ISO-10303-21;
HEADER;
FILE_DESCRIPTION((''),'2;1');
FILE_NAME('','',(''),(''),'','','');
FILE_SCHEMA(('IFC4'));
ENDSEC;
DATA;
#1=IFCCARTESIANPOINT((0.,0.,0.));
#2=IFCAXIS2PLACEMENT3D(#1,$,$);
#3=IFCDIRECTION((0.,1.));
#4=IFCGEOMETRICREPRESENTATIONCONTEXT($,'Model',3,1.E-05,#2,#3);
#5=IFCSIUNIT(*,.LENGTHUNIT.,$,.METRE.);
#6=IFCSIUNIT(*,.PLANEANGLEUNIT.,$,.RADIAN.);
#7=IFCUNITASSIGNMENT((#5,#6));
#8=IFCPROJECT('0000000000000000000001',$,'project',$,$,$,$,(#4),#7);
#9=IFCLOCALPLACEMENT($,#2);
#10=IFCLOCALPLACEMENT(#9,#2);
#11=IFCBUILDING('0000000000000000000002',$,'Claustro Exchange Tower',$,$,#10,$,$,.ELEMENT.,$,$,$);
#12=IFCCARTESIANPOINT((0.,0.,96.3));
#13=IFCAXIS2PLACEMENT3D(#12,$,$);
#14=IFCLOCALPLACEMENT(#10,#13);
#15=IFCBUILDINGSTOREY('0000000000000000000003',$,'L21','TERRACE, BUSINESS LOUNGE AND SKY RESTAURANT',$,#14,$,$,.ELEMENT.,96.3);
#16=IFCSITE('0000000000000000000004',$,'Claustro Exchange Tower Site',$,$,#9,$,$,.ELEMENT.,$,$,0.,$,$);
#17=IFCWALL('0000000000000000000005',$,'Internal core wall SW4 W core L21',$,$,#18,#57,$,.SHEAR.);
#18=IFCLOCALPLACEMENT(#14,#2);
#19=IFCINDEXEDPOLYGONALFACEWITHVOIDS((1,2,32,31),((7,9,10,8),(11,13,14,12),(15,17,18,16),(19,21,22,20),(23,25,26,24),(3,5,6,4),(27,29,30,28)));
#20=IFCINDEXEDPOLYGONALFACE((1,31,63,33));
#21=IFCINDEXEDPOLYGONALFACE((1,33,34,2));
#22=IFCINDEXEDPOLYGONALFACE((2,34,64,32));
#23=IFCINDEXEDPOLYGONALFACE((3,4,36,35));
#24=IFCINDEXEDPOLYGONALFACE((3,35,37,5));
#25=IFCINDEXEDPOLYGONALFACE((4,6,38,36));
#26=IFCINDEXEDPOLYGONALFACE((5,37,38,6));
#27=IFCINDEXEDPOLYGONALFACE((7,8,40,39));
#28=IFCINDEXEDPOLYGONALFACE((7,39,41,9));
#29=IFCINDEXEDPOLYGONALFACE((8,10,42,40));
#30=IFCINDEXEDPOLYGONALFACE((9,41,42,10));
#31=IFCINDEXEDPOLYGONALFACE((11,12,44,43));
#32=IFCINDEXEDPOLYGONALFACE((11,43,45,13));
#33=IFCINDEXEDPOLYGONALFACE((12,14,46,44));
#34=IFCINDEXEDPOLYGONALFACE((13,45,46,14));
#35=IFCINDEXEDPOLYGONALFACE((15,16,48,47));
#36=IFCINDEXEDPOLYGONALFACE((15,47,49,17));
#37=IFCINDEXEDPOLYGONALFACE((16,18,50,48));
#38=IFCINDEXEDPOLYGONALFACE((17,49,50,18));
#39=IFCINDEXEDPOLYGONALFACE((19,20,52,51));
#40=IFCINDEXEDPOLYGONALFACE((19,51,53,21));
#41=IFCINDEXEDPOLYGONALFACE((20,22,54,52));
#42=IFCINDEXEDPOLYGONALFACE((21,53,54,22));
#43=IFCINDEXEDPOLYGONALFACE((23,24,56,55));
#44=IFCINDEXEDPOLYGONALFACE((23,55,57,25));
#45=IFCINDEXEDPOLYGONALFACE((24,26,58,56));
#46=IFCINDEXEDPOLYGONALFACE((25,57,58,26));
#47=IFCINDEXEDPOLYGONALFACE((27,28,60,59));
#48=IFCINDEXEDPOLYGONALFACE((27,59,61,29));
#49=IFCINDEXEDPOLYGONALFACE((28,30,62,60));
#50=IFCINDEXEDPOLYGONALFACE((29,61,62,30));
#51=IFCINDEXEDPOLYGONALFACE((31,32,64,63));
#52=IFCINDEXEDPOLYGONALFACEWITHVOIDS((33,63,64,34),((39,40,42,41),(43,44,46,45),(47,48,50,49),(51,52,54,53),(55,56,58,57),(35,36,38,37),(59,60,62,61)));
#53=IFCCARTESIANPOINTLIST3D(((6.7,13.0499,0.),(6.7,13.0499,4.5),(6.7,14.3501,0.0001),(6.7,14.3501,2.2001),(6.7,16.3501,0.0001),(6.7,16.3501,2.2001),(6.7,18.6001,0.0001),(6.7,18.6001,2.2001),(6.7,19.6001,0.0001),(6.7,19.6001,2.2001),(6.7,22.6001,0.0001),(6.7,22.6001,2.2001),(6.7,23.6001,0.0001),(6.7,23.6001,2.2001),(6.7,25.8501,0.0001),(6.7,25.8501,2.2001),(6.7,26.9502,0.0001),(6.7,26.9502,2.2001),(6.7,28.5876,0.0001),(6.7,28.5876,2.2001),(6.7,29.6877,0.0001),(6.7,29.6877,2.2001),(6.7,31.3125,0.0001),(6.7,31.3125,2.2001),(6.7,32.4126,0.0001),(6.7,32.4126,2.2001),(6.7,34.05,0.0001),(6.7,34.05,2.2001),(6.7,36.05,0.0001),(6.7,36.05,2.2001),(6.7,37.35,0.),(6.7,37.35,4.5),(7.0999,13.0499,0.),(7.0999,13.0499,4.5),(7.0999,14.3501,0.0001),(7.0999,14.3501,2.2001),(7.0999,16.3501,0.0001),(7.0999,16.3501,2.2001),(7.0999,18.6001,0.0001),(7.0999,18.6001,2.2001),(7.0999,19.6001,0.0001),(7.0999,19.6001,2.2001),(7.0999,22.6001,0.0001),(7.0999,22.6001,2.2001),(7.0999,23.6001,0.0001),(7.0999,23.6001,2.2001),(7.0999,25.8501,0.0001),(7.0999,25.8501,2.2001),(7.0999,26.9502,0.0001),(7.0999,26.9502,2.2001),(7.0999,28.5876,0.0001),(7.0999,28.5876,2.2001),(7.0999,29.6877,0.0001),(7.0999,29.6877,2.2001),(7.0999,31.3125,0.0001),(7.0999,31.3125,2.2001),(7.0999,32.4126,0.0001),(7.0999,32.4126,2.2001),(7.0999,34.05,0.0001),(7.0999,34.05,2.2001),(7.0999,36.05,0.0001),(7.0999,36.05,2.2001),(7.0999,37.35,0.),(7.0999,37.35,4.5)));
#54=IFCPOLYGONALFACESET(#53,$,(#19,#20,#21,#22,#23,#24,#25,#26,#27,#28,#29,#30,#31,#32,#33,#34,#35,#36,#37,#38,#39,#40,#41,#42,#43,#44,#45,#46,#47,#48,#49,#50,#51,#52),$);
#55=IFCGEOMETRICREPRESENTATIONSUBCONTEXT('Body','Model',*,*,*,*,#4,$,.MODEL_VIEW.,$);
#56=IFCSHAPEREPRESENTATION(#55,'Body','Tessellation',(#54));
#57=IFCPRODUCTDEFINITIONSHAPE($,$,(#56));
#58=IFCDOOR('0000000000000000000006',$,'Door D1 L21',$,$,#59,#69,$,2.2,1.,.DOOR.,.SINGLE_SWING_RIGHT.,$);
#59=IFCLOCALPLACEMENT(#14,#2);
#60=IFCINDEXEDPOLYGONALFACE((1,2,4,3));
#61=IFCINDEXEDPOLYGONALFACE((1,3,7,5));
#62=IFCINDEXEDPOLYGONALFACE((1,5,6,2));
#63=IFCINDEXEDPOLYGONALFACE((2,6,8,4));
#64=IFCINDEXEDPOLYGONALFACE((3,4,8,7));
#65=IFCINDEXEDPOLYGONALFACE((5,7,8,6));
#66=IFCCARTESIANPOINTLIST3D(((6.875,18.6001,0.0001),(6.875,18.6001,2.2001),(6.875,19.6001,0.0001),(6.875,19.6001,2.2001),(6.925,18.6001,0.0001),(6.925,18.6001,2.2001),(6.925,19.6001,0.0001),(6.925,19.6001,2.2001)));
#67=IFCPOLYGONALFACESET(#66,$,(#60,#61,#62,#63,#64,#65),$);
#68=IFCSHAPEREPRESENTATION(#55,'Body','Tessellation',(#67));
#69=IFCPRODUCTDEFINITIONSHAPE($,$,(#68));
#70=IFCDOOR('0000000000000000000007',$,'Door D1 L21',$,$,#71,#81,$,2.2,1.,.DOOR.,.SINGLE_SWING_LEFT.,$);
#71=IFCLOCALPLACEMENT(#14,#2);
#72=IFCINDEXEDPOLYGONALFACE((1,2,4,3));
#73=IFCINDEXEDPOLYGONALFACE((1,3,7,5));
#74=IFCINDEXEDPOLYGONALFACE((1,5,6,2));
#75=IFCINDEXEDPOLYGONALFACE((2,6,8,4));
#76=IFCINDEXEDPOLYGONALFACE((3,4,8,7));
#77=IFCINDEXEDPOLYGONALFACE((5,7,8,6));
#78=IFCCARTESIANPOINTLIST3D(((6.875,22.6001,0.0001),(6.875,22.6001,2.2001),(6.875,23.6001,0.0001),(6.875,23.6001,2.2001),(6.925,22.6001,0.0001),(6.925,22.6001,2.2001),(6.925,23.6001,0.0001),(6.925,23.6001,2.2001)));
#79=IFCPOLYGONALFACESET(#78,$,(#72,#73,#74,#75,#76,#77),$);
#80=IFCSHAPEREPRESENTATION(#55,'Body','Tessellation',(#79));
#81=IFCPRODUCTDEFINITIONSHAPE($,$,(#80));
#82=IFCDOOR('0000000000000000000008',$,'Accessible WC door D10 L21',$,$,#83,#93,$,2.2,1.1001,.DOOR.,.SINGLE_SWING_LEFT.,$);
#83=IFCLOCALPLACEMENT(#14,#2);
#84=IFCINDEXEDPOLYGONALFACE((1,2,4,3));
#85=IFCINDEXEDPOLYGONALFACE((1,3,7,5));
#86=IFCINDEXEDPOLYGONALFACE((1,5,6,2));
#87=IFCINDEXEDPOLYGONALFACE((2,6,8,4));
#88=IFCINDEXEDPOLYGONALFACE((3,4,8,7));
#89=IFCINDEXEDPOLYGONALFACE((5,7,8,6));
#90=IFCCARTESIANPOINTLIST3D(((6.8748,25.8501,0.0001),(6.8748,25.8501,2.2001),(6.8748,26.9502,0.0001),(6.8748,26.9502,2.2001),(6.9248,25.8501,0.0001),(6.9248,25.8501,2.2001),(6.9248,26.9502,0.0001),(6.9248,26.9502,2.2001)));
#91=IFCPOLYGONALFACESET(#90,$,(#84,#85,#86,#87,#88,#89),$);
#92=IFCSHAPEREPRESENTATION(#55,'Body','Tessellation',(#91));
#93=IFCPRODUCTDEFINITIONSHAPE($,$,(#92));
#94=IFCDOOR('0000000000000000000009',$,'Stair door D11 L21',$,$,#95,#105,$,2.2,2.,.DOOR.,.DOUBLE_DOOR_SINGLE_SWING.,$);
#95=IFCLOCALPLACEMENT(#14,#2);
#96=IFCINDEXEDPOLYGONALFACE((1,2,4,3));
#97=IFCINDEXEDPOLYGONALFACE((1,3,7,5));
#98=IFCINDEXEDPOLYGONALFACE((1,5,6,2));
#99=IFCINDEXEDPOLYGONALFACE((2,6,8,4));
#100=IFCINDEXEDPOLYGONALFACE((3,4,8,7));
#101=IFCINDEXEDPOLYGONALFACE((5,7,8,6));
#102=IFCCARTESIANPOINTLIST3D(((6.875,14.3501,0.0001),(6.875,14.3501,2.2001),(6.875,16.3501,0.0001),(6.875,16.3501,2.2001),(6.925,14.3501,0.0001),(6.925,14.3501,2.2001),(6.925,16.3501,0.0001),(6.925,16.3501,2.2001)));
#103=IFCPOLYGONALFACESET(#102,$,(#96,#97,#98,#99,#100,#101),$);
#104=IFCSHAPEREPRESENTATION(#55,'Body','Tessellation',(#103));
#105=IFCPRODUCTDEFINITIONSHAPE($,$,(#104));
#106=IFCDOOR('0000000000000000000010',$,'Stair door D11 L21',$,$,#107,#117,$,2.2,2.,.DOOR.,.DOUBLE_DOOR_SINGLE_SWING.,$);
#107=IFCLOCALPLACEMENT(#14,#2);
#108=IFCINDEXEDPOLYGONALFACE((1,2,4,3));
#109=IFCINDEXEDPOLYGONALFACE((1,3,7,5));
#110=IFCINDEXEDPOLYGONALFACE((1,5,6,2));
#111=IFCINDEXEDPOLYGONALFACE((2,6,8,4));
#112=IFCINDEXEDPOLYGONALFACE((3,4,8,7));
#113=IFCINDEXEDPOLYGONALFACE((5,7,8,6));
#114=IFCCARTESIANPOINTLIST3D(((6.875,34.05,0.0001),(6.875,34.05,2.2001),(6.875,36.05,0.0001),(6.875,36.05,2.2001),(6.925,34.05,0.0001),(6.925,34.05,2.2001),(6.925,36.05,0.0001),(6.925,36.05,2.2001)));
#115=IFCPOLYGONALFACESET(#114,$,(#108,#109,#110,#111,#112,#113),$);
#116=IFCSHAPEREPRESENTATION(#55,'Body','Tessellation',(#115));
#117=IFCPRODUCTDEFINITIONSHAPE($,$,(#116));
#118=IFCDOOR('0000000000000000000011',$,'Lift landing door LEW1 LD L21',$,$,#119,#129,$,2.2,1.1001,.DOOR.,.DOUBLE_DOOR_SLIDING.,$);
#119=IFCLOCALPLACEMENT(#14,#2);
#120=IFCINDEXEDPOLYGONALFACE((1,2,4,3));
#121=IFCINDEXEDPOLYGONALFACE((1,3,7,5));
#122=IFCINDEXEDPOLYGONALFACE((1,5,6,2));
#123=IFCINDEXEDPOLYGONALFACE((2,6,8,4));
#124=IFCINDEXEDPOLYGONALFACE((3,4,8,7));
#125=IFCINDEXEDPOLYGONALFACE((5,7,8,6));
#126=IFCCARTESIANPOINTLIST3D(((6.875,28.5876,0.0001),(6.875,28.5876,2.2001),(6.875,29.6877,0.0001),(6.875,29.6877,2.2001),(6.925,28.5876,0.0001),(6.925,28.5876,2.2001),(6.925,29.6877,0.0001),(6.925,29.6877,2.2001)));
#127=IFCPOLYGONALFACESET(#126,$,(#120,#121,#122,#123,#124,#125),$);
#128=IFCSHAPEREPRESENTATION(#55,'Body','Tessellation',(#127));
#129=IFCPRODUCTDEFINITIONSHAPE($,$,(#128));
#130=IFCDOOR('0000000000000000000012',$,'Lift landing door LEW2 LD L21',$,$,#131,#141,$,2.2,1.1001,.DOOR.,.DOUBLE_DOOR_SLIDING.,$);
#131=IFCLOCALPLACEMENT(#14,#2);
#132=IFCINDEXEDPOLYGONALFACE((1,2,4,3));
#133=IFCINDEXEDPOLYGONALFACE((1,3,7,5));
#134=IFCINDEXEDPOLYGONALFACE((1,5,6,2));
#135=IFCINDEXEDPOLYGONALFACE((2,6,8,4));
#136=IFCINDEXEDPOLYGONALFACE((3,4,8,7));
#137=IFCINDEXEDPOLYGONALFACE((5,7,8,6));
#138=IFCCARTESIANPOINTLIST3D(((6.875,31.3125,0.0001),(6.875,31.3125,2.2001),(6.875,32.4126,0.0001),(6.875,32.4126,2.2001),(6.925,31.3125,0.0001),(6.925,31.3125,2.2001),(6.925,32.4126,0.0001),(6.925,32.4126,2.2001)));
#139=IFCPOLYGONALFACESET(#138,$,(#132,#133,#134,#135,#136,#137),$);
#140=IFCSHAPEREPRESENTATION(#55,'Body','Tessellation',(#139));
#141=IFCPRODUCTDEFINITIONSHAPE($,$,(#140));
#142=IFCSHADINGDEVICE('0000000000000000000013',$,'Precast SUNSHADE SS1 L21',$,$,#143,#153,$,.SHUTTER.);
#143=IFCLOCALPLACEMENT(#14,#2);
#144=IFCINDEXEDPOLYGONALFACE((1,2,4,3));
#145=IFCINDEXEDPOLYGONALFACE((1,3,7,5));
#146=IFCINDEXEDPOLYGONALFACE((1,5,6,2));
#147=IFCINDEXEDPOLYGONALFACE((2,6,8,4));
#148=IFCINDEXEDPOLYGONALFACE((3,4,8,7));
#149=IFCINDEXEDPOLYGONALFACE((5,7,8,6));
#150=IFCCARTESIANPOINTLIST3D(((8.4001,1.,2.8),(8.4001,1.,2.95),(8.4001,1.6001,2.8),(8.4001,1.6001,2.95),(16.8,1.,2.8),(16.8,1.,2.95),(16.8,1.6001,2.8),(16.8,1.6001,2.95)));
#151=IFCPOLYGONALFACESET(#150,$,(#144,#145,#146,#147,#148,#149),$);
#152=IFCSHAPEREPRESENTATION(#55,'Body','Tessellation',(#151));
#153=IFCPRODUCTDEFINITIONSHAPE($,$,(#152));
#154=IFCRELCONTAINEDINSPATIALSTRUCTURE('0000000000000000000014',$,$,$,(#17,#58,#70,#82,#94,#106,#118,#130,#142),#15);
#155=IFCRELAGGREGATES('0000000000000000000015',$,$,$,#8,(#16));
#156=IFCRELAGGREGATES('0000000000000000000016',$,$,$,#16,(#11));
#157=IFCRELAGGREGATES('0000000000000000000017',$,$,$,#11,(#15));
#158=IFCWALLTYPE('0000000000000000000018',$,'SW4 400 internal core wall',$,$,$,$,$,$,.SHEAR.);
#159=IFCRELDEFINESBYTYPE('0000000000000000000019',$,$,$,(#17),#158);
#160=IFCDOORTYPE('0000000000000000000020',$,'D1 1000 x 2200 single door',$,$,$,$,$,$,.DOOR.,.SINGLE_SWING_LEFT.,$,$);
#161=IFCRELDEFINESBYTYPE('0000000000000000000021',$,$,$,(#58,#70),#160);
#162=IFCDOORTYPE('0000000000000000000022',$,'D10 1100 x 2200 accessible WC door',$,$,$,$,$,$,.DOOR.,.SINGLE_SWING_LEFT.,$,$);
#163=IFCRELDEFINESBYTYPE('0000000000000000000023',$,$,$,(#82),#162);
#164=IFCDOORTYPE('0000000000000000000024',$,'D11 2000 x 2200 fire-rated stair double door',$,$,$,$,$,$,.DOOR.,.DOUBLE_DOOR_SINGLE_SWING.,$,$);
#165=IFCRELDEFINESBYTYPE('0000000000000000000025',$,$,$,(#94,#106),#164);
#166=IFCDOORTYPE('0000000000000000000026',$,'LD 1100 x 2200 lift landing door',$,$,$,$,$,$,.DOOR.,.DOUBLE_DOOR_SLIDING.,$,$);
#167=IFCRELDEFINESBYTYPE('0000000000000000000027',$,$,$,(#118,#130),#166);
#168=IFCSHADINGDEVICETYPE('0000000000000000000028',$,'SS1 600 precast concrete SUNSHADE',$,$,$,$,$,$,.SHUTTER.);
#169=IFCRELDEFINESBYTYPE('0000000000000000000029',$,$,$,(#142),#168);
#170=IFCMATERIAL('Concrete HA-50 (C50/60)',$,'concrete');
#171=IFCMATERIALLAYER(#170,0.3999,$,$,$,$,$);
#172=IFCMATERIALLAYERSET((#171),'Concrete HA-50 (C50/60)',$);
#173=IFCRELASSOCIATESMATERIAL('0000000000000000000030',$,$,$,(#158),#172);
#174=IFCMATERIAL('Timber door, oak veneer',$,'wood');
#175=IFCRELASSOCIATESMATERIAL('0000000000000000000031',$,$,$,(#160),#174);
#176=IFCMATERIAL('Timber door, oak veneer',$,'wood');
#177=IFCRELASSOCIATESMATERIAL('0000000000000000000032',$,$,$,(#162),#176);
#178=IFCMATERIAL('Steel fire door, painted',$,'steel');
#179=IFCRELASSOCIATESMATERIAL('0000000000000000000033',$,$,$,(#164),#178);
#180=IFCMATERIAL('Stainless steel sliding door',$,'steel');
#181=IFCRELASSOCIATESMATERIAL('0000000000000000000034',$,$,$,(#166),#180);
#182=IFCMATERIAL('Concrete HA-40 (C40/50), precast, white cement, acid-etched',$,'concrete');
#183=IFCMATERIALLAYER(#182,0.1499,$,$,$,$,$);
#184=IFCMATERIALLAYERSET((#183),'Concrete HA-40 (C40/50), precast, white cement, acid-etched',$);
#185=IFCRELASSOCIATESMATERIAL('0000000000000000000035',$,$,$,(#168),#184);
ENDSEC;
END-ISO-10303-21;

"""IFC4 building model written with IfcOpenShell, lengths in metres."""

from ifc_helpers import new_model, si_unit, direction, frame, frame_2d, origin, origin_2d, place, context, subcontext, project, spatial, rectangle, extrude, material, layer, layer_set, type_object, element, fill, save


model = new_model("IFC4")

# Units and contexts
model_context = context("Model", 3, precision=1e-05, world=origin(), true_north=direction((0.0, 1.0)))
body_context = subcontext(model_context, "Body", "Model", "MODEL_VIEW")
ifc_project = project(units=[si_unit("LENGTHUNIT", "METRE"), si_unit("PLANEANGLEUNIT", "RADIAN")], contexts=[model_context])

# Site, building, storey
site_placement = place(None, origin())
site = spatial("IfcSite", under=ifc_project, at=site_placement, Name="Claustro Exchange Tower Site", CompositionType="ELEMENT", RefElevation=0.0)
building_placement = place(site_placement, origin())
building = spatial("IfcBuilding", under=site, at=building_placement, Name="Claustro Exchange Tower", CompositionType="ELEMENT")
storey_placement = place(building_placement, frame((0.0, 0.0, 96.3)))
storey = spatial("IfcBuildingStorey", under=building, at=storey_placement, Name="L21", Description="TERRACE, BUSINESS LOUNGE AND SKY RESTAURANT", CompositionType="ELEMENT", Elevation=96.3)

# Wall, openings, doors
ifc_material_1 = material(Name="Concrete HA-50 (C50/60)", Category="concrete")
ifc_layer_1 = layer(ifc_material_1, 0.3999)
ifc_layer_set_1 = layer_set([ifc_layer_1], Name="Concrete HA-50 (C50/60)")
wall_type_1 = type_object("IfcWallType", Name="SW4 400 internal core wall", PredefinedType="SHEAR", material=ifc_layer_set_1)
wall_1_placement = place(storey_placement, frame((6.8999, 13.05, 0.0), z_axis=(0.0, 0.0, 1.0), x_axis=(0.0, 1.0, 0.0)))
wall_1 = element("IfcWall", 1, at=wall_1_placement, inside=storey, type_object=wall_type_1, Name="Internal core wall SW4 W core L21", PredefinedType="SHEAR", context=body_context, shape_type="SweptSolid", body=[
    extrude(rectangle(XDim=24.3, YDim=0.3999, at=frame_2d((12.1499, 0.0))), origin(), (0.0, 0.0, 1.0), 4.5),
])
opening_1_placement = place(wall_1_placement, frame((1.3, 0.0, 0.0)))
opening_1 = element("IfcOpeningElement", 2, at=opening_1_placement, cuts=wall_1, PredefinedType="OPENING", context=body_context, shape_type="SweptSolid", body=[
    extrude(rectangle(XDim=2.0, YDim=2.2, at=frame_2d((1.0, 1.1001))), frame((0.0, 0.21, 0.0), z_axis=(0.0, -1.0, 0.0), x_axis=(1.0, 0.0, 0.0)), (0.0, 0.0, 1.0), 0.4199),
])
opening_2_placement = place(wall_1_placement, frame((21.0, 0.0, 0.0)))
opening_2 = element("IfcOpeningElement", 3, at=opening_2_placement, cuts=wall_1, PredefinedType="OPENING", context=body_context, shape_type="SweptSolid", body=[
    extrude(rectangle(XDim=2.0, YDim=2.2, at=frame_2d((1.0, 1.1001))), frame((0.0, 0.21, 0.0), z_axis=(0.0, -1.0, 0.0), x_axis=(1.0, 0.0, 0.0)), (0.0, 0.0, 1.0), 0.4199),
])
opening_3_placement = place(wall_1_placement, frame((5.55, 0.0, 0.0)))
opening_3 = element("IfcOpeningElement", 4, at=opening_3_placement, cuts=wall_1, PredefinedType="OPENING", context=body_context, shape_type="SweptSolid", body=[
    extrude(rectangle(XDim=1.0, YDim=2.2, at=frame_2d((0.5, 1.1001))), frame((0.0, 0.21, 0.0), z_axis=(0.0, -1.0, 0.0), x_axis=(1.0, 0.0, 0.0)), (0.0, 0.0, 1.0), 0.4199),
])
opening_4_placement = place(wall_1_placement, frame((9.55, 0.0, 0.0)))
opening_4 = element("IfcOpeningElement", 5, at=opening_4_placement, cuts=wall_1, PredefinedType="OPENING", context=body_context, shape_type="SweptSolid", body=[
    extrude(rectangle(XDim=1.0, YDim=2.2, at=frame_2d((0.5, 1.1001))), frame((0.0, 0.21, 0.0), z_axis=(0.0, -1.0, 0.0), x_axis=(1.0, 0.0, 0.0)), (0.0, 0.0, 1.0), 0.4199),
])
opening_5_placement = place(wall_1_placement, frame((12.8, 0.0, 0.0)))
opening_5 = element("IfcOpeningElement", 6, at=opening_5_placement, cuts=wall_1, PredefinedType="OPENING", context=body_context, shape_type="SweptSolid", body=[
    extrude(rectangle(XDim=1.1001, YDim=2.2, at=frame_2d((0.55, 1.1001))), frame((0.0, 0.21, 0.0), z_axis=(0.0, -1.0, 0.0), x_axis=(1.0, 0.0, 0.0)), (0.0, 0.0, 1.0), 0.4199),
])
opening_6_placement = place(wall_1_placement, frame((15.5376, 0.0, 0.0)))
opening_6 = element("IfcOpeningElement", 7, at=opening_6_placement, cuts=wall_1, PredefinedType="OPENING", context=body_context, shape_type="SweptSolid", body=[
    extrude(rectangle(XDim=1.1001, YDim=2.2, at=frame_2d((0.55, 1.1001))), frame((0.0, 0.21, 0.0), z_axis=(0.0, -1.0, 0.0), x_axis=(1.0, 0.0, 0.0)), (0.0, 0.0, 1.0), 0.4199),
])
opening_7_placement = place(wall_1_placement, frame((18.2625, 0.0, 0.0)))
opening_7 = element("IfcOpeningElement", 8, at=opening_7_placement, cuts=wall_1, PredefinedType="OPENING", context=body_context, shape_type="SweptSolid", body=[
    extrude(rectangle(XDim=1.1001, YDim=2.2, at=frame_2d((0.55, 1.1001))), frame((0.0, 0.21, 0.0), z_axis=(0.0, -1.0, 0.0), x_axis=(1.0, 0.0, 0.0)), (0.0, 0.0, 1.0), 0.4199),
])
ifc_material_2 = material(Name="Timber door, oak veneer", Category="wood")
door_type_1 = type_object("IfcDoorType", Name="D1 1000 x 2200 single door", OperationType="SINGLE_SWING_LEFT", PredefinedType="DOOR", material=ifc_material_2)
door_1_placement = place(opening_3_placement, origin())
door_1 = element("IfcDoor", 9, at=door_1_placement, inside=storey, type_object=door_type_1, Name="Door D1 L21", OperationType="SINGLE_SWING_RIGHT", OverallHeight=2.2, OverallWidth=1.0, PredefinedType="DOOR", context=body_context, shape_type="SweptSolid", body=[
    extrude(rectangle(XDim=1.0, YDim=2.2, at=frame_2d((0.5, 1.1001))), frame((0.0, 0.0249, 0.0), z_axis=(0.0, -1.0, 0.0), x_axis=(1.0, 0.0, 0.0)), (0.0, 0.0, 1.0), 0.05),
])
fill(opening_3, door_1)
door_2_placement = place(opening_4_placement, origin())
door_2 = element("IfcDoor", 10, at=door_2_placement, inside=storey, type_object=door_type_1, Name="Door D1 L21", OperationType="SINGLE_SWING_LEFT", OverallHeight=2.2, OverallWidth=1.0, PredefinedType="DOOR", context=body_context, shape_type="SweptSolid", body=[
    extrude(rectangle(XDim=1.0, YDim=2.2, at=frame_2d((0.5, 1.1001))), frame((0.0, 0.0249, 0.0), z_axis=(0.0, -1.0, 0.0), x_axis=(1.0, 0.0, 0.0)), (0.0, 0.0, 1.0), 0.05),
])
fill(opening_4, door_2)
ifc_material_3 = material(Name="Timber door, oak veneer", Category="wood")
door_type_2 = type_object("IfcDoorType", Name="D10 1100 x 2200 accessible WC door", OperationType="SINGLE_SWING_LEFT", PredefinedType="DOOR", material=ifc_material_3)
door_3_placement = place(opening_5_placement, frame((1.1001, 0.0, 0.0), z_axis=(0.0, 0.0, 1.0), x_axis=(-1.0, 0.0, 0.0)))
door_3 = element("IfcDoor", 11, at=door_3_placement, inside=storey, type_object=door_type_2, Name="Accessible WC door D10 L21", OperationType="SINGLE_SWING_LEFT", OverallHeight=2.2, OverallWidth=1.1001, PredefinedType="DOOR", context=body_context, shape_type="SweptSolid", body=[
    extrude(rectangle(XDim=1.1001, YDim=2.2, at=frame_2d((0.55, 1.1001))), frame((0.0, 0.0249, 0.0), z_axis=(0.0, -1.0, 0.0), x_axis=(1.0, 0.0, 0.0)), (0.0, 0.0, 1.0), 0.05),
])
fill(opening_5, door_3)
ifc_material_4 = material(Name="Steel fire door, painted", Category="steel")
door_type_3 = type_object("IfcDoorType", Name="D11 2000 x 2200 fire-rated stair double door", OperationType="DOUBLE_DOOR_SINGLE_SWING", PredefinedType="DOOR", material=ifc_material_4)
door_4_placement = place(opening_1_placement, origin())
door_4 = element("IfcDoor", 12, at=door_4_placement, inside=storey, type_object=door_type_3, Name="Stair door D11 L21", OperationType="DOUBLE_DOOR_SINGLE_SWING", OverallHeight=2.2, OverallWidth=2.0, PredefinedType="DOOR", context=body_context, shape_type="SweptSolid", body=[
    extrude(rectangle(XDim=2.0, YDim=2.2, at=frame_2d((1.0, 1.1001))), frame((0.0, 0.0249, 0.0), z_axis=(0.0, -1.0, 0.0), x_axis=(1.0, 0.0, 0.0)), (0.0, 0.0, 1.0), 0.05),
])
fill(opening_1, door_4)
door_5_placement = place(opening_2_placement, origin())
door_5 = element("IfcDoor", 13, at=door_5_placement, inside=storey, type_object=door_type_3, Name="Stair door D11 L21", OperationType="DOUBLE_DOOR_SINGLE_SWING", OverallHeight=2.2, OverallWidth=2.0, PredefinedType="DOOR", context=body_context, shape_type="SweptSolid", body=[
    extrude(rectangle(XDim=2.0, YDim=2.2, at=frame_2d((1.0, 1.1001))), frame((0.0, 0.0249, 0.0), z_axis=(0.0, -1.0, 0.0), x_axis=(1.0, 0.0, 0.0)), (0.0, 0.0, 1.0), 0.05),
])
fill(opening_2, door_5)
ifc_material_5 = material(Name="Stainless steel sliding door", Category="steel")
door_type_4 = type_object("IfcDoorType", Name="LD 1100 x 2200 lift landing door", OperationType="DOUBLE_DOOR_SLIDING", PredefinedType="DOOR", material=ifc_material_5)
door_6_placement = place(opening_6_placement, origin())
door_6 = element("IfcDoor", 14, at=door_6_placement, inside=storey, type_object=door_type_4, Name="Lift landing door LEW1 LD L21", OperationType="DOUBLE_DOOR_SLIDING", OverallHeight=2.2, OverallWidth=1.1001, PredefinedType="DOOR", context=body_context, shape_type="SweptSolid", body=[
    extrude(rectangle(XDim=1.1001, YDim=2.2, at=frame_2d((0.55, 1.1001))), frame((0.0, 0.0249, 0.0), z_axis=(0.0, -1.0, 0.0), x_axis=(1.0, 0.0, 0.0)), (0.0, 0.0, 1.0), 0.05),
])
fill(opening_6, door_6)
door_7_placement = place(opening_7_placement, origin())
door_7 = element("IfcDoor", 15, at=door_7_placement, inside=storey, type_object=door_type_4, Name="Lift landing door LEW2 LD L21", OperationType="DOUBLE_DOOR_SLIDING", OverallHeight=2.2, OverallWidth=1.1001, PredefinedType="DOOR", context=body_context, shape_type="SweptSolid", body=[
    extrude(rectangle(XDim=1.1001, YDim=2.2, at=frame_2d((0.55, 1.1001))), frame((0.0, 0.0249, 0.0), z_axis=(0.0, -1.0, 0.0), x_axis=(1.0, 0.0, 0.0)), (0.0, 0.0, 1.0), 0.05),
])
fill(opening_7, door_7)

# Shading device
ifc_material_6 = material(Name="Concrete HA-40 (C40/50), precast, white cement, acid-etched", Category="concrete")
ifc_layer_2 = layer(ifc_material_6, 0.1499)
ifc_layer_set_2 = layer_set([ifc_layer_2], Name="Concrete HA-40 (C40/50), precast, white cement, acid-etched")
shading_device_type = type_object("IfcShadingDeviceType", Name="SS1 600 precast concrete SUNSHADE", PredefinedType="SHUTTER", material=ifc_layer_set_2)
shading_device_placement = place(storey_placement, frame((12.6001, 1.3, 2.8), z_axis=(0.0, 0.0, 1.0), x_axis=(-1.0, 0.0, 0.0)))
element("IfcShadingDevice", 16, at=shading_device_placement, inside=storey, type_object=shading_device_type, Name="Precast SUNSHADE SS1 L21", PredefinedType="SHUTTER", context=body_context, shape_type="SweptSolid", body=[
    extrude(rectangle(XDim=8.3999, YDim=0.6001, at=origin_2d()), origin(), (0.0, 0.0, 1.0), 0.1499),
])

save(model, "model.ifc")
